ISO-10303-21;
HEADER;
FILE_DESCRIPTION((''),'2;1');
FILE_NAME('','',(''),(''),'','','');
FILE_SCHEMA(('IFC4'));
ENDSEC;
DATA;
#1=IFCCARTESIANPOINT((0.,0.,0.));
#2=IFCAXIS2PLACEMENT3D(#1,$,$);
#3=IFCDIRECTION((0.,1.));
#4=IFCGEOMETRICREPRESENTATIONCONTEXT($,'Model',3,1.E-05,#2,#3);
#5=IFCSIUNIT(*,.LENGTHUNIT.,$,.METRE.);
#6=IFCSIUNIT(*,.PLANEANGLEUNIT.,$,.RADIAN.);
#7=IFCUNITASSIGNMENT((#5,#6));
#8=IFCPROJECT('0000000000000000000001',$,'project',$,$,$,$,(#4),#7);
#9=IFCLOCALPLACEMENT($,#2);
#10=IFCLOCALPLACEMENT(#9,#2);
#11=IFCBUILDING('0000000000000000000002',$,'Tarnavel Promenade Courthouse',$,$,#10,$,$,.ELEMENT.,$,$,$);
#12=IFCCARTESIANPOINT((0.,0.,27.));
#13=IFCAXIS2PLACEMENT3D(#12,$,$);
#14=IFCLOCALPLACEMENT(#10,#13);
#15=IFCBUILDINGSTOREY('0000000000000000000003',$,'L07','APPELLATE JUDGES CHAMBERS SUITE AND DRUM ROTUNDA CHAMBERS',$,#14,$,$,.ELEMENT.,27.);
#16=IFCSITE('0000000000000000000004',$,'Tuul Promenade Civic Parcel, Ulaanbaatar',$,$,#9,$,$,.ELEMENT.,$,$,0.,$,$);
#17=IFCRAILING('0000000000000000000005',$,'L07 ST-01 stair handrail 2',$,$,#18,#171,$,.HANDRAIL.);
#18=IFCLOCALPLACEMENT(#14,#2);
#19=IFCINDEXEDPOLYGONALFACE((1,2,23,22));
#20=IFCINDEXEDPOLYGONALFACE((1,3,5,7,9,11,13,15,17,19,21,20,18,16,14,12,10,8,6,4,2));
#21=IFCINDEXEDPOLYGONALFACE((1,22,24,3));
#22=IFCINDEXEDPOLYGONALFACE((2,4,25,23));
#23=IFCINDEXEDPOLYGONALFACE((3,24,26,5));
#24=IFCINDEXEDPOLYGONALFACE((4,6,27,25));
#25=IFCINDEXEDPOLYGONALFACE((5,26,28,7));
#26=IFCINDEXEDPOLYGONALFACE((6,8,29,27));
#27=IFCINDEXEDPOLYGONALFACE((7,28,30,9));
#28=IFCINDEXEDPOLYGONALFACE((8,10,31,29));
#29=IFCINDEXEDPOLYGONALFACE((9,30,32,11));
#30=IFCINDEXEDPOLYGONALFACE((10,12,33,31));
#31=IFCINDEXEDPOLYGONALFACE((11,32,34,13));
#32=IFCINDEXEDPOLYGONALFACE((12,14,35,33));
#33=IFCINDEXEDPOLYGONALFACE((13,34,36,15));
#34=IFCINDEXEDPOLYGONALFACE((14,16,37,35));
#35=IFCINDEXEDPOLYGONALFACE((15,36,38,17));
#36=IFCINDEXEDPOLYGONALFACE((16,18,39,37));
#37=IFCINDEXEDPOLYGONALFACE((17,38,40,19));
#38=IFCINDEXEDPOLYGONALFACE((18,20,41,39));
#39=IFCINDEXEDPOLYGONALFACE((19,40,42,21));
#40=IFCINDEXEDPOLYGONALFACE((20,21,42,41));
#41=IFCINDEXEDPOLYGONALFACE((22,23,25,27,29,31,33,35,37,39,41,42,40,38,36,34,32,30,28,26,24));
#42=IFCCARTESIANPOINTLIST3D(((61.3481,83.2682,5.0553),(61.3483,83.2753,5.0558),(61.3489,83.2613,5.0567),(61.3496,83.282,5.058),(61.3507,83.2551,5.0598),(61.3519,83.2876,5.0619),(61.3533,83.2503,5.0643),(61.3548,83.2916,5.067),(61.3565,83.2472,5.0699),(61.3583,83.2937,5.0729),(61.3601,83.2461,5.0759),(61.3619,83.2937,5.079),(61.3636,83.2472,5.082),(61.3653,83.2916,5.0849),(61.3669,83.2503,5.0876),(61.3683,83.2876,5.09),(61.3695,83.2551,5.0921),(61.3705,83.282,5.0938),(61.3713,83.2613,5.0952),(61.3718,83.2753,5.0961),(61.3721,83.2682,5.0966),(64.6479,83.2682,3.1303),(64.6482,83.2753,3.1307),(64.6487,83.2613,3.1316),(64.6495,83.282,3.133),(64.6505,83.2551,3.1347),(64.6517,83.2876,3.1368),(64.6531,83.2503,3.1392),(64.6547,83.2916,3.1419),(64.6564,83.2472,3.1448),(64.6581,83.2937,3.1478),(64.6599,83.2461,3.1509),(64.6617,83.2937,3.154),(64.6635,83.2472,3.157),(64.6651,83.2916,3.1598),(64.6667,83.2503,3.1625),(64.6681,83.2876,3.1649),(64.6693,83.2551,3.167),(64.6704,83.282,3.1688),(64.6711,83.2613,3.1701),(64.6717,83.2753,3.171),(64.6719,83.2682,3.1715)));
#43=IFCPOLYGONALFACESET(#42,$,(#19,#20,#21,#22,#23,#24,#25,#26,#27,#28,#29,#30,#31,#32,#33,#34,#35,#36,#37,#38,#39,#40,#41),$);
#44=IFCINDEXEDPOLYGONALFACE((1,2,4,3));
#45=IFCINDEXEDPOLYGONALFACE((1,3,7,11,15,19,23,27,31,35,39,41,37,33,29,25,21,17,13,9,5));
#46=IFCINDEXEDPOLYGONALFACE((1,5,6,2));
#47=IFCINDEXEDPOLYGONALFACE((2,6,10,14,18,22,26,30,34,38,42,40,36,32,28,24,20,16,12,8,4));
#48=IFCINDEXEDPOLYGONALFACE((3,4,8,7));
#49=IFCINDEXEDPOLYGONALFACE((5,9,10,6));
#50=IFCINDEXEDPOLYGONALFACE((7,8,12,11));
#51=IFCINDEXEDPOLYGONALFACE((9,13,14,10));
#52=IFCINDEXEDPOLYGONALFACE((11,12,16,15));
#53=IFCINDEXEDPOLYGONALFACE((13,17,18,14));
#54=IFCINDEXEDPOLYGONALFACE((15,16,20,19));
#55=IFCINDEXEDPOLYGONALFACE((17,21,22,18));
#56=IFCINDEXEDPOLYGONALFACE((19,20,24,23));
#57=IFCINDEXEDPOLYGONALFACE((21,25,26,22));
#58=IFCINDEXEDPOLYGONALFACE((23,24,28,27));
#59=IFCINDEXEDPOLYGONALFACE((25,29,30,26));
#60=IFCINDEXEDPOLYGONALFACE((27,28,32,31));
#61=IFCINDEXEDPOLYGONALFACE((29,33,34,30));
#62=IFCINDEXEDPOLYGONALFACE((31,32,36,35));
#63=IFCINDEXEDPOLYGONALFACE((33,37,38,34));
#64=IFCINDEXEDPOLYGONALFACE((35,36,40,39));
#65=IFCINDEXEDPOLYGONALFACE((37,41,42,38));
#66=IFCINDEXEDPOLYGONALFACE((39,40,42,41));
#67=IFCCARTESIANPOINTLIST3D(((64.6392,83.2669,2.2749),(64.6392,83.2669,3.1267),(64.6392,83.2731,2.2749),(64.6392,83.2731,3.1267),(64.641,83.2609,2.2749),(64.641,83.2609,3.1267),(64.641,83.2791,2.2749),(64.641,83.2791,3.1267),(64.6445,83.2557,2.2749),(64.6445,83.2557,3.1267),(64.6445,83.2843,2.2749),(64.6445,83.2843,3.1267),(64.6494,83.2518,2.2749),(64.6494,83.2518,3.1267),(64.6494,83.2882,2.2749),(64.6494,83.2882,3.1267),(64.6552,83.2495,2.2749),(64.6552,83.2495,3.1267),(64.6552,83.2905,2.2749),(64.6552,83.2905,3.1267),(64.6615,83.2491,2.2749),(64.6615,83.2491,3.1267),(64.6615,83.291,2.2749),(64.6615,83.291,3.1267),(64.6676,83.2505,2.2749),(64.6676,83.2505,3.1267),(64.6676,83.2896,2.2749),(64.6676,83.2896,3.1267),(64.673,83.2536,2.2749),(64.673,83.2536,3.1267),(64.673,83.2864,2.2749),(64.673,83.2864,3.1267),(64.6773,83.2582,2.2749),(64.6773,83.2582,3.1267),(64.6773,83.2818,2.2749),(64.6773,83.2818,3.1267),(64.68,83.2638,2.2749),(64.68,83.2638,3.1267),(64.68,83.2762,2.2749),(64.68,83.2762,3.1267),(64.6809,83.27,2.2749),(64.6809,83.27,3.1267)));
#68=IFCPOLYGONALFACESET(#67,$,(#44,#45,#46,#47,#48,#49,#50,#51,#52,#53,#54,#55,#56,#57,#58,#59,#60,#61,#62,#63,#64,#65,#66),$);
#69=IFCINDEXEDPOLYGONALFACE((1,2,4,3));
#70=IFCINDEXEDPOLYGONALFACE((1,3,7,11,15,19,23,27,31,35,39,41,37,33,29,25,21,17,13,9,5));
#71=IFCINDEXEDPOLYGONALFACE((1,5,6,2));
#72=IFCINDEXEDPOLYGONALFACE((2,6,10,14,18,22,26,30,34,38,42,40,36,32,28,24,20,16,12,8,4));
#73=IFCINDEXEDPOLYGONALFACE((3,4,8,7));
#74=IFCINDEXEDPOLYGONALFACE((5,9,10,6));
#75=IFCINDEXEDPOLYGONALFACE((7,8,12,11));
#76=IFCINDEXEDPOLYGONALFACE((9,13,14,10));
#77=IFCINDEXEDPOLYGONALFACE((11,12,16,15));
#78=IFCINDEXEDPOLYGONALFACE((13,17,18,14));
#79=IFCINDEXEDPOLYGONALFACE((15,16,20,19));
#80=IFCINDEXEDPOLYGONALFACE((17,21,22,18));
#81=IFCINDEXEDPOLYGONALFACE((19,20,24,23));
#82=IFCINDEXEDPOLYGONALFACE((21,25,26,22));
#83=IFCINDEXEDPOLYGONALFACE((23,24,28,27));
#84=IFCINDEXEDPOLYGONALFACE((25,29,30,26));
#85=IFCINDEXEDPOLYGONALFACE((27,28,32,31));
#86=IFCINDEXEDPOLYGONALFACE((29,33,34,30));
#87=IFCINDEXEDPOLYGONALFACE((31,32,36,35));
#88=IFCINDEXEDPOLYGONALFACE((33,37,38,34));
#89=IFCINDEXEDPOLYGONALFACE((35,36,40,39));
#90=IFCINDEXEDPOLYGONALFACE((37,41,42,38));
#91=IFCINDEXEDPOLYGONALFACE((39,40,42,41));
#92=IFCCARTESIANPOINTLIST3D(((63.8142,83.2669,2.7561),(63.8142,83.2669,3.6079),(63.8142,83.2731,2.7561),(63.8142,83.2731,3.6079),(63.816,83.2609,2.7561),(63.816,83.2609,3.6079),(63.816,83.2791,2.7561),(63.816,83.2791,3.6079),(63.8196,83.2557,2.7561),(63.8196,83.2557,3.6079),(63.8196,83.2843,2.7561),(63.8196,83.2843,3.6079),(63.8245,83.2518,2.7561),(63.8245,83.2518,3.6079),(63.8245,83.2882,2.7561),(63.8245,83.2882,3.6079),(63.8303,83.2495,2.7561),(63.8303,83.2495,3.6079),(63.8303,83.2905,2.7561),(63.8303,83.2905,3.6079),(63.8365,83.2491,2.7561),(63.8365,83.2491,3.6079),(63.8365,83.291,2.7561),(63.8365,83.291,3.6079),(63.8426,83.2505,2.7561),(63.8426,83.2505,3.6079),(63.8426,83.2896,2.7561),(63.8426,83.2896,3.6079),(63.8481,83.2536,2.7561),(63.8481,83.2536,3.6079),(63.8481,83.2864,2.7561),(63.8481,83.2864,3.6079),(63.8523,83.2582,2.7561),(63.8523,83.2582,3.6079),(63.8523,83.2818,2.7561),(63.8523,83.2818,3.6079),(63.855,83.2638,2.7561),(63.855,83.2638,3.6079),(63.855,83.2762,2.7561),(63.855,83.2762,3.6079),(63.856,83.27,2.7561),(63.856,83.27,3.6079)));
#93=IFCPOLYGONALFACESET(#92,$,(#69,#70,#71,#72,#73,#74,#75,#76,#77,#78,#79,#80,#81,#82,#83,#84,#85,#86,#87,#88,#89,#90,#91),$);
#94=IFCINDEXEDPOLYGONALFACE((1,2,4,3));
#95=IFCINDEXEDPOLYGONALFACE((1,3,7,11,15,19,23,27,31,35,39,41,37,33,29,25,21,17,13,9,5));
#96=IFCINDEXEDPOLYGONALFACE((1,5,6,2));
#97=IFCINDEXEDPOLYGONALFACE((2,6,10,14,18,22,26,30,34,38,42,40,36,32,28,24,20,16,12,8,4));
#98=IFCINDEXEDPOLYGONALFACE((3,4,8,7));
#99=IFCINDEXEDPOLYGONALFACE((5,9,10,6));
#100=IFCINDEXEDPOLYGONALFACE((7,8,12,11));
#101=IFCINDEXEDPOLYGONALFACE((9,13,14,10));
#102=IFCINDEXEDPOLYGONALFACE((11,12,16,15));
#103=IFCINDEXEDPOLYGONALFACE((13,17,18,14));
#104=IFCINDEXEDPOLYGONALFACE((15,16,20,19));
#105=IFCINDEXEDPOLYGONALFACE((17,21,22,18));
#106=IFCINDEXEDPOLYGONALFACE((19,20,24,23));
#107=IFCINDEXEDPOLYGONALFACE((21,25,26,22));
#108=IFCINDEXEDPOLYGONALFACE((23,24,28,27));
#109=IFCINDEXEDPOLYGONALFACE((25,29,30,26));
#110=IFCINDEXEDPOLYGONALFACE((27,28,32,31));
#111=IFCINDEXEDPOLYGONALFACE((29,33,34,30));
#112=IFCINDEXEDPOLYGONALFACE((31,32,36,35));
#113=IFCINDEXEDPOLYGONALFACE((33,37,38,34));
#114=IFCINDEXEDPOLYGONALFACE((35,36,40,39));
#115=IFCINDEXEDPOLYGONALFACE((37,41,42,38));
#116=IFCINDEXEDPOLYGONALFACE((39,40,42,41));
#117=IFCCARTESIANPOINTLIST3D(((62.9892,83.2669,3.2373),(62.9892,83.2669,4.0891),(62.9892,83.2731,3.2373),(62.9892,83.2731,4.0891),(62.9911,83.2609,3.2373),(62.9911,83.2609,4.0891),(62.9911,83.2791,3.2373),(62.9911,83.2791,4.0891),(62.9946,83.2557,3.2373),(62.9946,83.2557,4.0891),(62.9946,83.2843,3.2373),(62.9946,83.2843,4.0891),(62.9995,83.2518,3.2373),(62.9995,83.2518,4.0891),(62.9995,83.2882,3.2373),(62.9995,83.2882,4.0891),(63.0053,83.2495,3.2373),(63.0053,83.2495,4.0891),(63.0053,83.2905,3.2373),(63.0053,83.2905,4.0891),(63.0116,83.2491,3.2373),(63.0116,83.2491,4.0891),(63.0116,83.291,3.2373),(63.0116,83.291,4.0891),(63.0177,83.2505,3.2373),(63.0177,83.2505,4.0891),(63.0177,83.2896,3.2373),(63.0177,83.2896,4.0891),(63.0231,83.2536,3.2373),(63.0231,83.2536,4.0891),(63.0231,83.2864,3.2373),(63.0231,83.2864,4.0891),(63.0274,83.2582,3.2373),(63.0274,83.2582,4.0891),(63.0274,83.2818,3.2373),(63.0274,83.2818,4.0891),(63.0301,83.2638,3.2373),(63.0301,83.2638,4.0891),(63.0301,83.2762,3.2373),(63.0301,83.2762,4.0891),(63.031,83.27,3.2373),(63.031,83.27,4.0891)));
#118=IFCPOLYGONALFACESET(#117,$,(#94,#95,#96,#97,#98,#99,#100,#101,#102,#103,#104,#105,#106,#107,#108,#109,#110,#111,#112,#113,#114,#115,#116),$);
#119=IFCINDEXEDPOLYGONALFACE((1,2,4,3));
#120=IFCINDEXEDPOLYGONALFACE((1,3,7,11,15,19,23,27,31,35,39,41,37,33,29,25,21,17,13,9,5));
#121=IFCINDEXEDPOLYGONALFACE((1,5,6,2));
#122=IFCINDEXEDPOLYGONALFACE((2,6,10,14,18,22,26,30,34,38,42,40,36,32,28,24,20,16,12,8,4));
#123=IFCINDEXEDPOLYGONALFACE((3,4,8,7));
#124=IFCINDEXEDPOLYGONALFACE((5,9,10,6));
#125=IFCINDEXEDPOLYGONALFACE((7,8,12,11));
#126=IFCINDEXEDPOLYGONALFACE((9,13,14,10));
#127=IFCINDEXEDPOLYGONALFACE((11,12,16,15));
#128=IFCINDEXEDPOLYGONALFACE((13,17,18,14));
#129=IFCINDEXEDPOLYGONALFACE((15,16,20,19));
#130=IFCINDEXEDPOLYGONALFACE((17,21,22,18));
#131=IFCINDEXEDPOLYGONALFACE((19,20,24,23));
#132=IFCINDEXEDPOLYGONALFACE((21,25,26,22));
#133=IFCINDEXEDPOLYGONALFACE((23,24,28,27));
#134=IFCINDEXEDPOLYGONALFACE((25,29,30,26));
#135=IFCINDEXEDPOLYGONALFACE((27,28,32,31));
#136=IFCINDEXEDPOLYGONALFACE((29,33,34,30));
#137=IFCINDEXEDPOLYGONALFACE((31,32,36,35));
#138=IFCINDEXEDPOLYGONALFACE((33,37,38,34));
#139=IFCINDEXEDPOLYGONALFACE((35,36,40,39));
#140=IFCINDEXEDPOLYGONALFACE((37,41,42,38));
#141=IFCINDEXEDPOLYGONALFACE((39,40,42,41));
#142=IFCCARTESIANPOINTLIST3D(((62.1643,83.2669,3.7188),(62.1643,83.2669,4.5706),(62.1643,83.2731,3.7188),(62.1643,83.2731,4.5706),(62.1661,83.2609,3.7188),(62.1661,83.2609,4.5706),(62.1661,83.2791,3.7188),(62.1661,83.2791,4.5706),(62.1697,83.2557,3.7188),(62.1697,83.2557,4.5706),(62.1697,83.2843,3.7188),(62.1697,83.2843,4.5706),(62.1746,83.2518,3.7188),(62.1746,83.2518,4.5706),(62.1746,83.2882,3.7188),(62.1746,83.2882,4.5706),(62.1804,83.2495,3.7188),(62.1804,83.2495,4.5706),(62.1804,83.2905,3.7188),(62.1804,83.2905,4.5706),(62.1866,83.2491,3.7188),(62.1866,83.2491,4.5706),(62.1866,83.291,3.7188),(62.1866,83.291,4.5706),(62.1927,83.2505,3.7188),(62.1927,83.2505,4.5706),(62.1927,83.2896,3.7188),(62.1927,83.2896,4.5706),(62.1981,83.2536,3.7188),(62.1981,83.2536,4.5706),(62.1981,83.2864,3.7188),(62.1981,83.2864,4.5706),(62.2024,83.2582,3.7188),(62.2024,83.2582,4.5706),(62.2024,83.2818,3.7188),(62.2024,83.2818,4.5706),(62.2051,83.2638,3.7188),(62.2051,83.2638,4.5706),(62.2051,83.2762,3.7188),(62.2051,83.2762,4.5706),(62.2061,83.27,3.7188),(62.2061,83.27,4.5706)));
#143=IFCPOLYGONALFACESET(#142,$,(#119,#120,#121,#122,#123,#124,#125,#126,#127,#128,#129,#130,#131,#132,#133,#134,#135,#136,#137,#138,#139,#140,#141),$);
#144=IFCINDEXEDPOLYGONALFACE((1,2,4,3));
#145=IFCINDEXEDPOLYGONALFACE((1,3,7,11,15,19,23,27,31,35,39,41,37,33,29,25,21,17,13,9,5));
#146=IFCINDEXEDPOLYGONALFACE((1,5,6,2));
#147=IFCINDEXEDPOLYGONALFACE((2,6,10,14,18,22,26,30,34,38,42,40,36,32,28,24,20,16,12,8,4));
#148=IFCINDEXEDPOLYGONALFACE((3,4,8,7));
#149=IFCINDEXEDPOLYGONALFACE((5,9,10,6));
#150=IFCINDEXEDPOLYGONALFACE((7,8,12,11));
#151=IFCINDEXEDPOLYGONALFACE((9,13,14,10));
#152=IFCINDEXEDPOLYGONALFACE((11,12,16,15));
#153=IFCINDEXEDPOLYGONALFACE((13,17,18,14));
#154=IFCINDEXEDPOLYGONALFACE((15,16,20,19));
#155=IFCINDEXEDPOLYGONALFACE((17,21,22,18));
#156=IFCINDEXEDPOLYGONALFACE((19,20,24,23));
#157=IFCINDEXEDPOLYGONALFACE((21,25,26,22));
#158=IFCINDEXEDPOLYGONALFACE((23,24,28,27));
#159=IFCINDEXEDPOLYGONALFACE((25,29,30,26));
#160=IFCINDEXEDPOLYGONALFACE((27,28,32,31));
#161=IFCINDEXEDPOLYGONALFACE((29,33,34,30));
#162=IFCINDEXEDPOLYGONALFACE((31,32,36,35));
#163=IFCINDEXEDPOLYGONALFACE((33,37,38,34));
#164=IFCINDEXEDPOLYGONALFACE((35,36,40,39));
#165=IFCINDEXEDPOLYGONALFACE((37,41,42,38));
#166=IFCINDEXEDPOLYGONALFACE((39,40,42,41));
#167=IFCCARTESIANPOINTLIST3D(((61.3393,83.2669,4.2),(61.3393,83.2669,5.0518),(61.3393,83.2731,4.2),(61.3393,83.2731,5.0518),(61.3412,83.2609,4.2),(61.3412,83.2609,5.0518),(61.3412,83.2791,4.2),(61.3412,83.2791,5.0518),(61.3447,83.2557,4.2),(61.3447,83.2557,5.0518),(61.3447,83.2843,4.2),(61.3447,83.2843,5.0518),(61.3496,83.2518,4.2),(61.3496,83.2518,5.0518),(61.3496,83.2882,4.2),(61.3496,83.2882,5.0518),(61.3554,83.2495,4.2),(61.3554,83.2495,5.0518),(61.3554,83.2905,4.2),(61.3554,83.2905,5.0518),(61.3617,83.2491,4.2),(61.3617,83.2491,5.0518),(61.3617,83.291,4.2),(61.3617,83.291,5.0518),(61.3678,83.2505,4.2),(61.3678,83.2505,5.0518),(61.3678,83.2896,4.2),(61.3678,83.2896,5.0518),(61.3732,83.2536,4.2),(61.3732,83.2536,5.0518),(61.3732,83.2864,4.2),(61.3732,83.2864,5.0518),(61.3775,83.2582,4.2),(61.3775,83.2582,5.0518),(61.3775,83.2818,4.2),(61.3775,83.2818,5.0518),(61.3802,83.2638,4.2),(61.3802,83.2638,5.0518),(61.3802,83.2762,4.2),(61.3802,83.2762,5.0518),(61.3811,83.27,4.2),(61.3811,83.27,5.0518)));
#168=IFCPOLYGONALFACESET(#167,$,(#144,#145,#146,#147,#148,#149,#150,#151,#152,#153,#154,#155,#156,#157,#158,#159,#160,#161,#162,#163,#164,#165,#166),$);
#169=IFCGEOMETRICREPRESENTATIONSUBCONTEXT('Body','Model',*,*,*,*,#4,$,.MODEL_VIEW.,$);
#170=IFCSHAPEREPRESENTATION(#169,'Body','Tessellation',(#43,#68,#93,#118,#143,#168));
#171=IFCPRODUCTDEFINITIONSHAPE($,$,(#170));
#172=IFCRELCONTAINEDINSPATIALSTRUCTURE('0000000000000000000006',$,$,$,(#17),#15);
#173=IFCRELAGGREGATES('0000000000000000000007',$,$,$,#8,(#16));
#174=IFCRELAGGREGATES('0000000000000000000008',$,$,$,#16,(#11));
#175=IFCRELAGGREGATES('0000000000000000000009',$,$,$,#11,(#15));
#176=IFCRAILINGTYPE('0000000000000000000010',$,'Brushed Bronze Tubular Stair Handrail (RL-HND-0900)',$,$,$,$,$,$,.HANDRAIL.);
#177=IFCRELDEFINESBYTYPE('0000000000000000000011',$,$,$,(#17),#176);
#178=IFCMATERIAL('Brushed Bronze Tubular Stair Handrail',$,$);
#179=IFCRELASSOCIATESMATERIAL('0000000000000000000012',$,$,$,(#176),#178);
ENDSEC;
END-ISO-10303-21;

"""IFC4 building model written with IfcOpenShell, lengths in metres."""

from ifc_helpers import new_model, si_unit, direction, frame, origin, origin_2d, place, context, subcontext, project, spatial, circle, extrude, material, type_object, element, save


model = new_model("IFC4")

# Units and contexts
model_context = context("Model", 3, precision=1e-05, world=origin(), true_north=direction((0.0, 1.0)))
body_context = subcontext(model_context, "Body", "Model", "MODEL_VIEW")
ifc_project = project(units=[si_unit("LENGTHUNIT", "METRE"), si_unit("PLANEANGLEUNIT", "RADIAN")], contexts=[model_context])

# Site, building, storey
site_placement = place(None, origin())
site = spatial("IfcSite", under=ifc_project, at=site_placement, Name="Tuul Promenade Civic Parcel, Ulaanbaatar", CompositionType="ELEMENT", RefElevation=0.0)
building_placement = place(site_placement, origin())
building = spatial("IfcBuilding", under=site, at=building_placement, Name="Tarnavel Promenade Courthouse", CompositionType="ELEMENT")
storey_placement = place(building_placement, frame((0.0, 0.0, 27.0)))
storey = spatial("IfcBuildingStorey", under=building, at=storey_placement, Name="L07", Description="APPELLATE JUDGES CHAMBERS SUITE AND DRUM ROTUNDA CHAMBERS", CompositionType="ELEMENT", Elevation=27.0)

# Railing
ifc_material_1 = material(Name="Brushed Bronze Tubular Stair Handrail")
railing_type_1 = type_object("IfcRailingType", Name="Brushed Bronze Tubular Stair Handrail (RL-HND-0900)", PredefinedType="HANDRAIL", material=ifc_material_1)
railing_1_placement = place(storey_placement, frame((64.6599, 83.27, 2.2749)))
element("IfcRailing", 1, at=railing_1_placement, inside=storey, type_object=railing_type_1, Name="L07 ST-01 stair handrail 2", PredefinedType="HANDRAIL", context=body_context, shape_type="SweptSolid", body=[
    extrude(circle(Radius=0.0239, at=origin_2d()), frame((0.0, 0.0, 0.876), z_axis=(-0.86376, 0.0, 0.503903), x_axis=(0.0, -1.0, 0.0)), (0.0, 0.0, 1.0), 3.8203),
    extrude(circle(Radius=0.021, at=origin_2d()), origin(), (0.0, 0.0, 1.0), 0.8518),
    extrude(circle(Radius=0.021, at=origin_2d()), frame((-0.825, 0.0, 0.4812)), (0.0, 0.0, 1.0), 0.8518),
    extrude(circle(Radius=0.021, at=origin_2d()), frame((-1.6499, 0.0, 0.9624)), (0.0, 0.0, 1.0), 0.8518),
    extrude(circle(Radius=0.021, at=origin_2d()), frame((-2.4749, 0.0, 1.4438)), (0.0, 0.0, 1.0), 0.8518),
    extrude(circle(Radius=0.021, at=origin_2d()), frame((-3.2998, 0.0, 1.925)), (0.0, 0.0, 1.0), 0.8518),
])

save(model, "model.ifc")
